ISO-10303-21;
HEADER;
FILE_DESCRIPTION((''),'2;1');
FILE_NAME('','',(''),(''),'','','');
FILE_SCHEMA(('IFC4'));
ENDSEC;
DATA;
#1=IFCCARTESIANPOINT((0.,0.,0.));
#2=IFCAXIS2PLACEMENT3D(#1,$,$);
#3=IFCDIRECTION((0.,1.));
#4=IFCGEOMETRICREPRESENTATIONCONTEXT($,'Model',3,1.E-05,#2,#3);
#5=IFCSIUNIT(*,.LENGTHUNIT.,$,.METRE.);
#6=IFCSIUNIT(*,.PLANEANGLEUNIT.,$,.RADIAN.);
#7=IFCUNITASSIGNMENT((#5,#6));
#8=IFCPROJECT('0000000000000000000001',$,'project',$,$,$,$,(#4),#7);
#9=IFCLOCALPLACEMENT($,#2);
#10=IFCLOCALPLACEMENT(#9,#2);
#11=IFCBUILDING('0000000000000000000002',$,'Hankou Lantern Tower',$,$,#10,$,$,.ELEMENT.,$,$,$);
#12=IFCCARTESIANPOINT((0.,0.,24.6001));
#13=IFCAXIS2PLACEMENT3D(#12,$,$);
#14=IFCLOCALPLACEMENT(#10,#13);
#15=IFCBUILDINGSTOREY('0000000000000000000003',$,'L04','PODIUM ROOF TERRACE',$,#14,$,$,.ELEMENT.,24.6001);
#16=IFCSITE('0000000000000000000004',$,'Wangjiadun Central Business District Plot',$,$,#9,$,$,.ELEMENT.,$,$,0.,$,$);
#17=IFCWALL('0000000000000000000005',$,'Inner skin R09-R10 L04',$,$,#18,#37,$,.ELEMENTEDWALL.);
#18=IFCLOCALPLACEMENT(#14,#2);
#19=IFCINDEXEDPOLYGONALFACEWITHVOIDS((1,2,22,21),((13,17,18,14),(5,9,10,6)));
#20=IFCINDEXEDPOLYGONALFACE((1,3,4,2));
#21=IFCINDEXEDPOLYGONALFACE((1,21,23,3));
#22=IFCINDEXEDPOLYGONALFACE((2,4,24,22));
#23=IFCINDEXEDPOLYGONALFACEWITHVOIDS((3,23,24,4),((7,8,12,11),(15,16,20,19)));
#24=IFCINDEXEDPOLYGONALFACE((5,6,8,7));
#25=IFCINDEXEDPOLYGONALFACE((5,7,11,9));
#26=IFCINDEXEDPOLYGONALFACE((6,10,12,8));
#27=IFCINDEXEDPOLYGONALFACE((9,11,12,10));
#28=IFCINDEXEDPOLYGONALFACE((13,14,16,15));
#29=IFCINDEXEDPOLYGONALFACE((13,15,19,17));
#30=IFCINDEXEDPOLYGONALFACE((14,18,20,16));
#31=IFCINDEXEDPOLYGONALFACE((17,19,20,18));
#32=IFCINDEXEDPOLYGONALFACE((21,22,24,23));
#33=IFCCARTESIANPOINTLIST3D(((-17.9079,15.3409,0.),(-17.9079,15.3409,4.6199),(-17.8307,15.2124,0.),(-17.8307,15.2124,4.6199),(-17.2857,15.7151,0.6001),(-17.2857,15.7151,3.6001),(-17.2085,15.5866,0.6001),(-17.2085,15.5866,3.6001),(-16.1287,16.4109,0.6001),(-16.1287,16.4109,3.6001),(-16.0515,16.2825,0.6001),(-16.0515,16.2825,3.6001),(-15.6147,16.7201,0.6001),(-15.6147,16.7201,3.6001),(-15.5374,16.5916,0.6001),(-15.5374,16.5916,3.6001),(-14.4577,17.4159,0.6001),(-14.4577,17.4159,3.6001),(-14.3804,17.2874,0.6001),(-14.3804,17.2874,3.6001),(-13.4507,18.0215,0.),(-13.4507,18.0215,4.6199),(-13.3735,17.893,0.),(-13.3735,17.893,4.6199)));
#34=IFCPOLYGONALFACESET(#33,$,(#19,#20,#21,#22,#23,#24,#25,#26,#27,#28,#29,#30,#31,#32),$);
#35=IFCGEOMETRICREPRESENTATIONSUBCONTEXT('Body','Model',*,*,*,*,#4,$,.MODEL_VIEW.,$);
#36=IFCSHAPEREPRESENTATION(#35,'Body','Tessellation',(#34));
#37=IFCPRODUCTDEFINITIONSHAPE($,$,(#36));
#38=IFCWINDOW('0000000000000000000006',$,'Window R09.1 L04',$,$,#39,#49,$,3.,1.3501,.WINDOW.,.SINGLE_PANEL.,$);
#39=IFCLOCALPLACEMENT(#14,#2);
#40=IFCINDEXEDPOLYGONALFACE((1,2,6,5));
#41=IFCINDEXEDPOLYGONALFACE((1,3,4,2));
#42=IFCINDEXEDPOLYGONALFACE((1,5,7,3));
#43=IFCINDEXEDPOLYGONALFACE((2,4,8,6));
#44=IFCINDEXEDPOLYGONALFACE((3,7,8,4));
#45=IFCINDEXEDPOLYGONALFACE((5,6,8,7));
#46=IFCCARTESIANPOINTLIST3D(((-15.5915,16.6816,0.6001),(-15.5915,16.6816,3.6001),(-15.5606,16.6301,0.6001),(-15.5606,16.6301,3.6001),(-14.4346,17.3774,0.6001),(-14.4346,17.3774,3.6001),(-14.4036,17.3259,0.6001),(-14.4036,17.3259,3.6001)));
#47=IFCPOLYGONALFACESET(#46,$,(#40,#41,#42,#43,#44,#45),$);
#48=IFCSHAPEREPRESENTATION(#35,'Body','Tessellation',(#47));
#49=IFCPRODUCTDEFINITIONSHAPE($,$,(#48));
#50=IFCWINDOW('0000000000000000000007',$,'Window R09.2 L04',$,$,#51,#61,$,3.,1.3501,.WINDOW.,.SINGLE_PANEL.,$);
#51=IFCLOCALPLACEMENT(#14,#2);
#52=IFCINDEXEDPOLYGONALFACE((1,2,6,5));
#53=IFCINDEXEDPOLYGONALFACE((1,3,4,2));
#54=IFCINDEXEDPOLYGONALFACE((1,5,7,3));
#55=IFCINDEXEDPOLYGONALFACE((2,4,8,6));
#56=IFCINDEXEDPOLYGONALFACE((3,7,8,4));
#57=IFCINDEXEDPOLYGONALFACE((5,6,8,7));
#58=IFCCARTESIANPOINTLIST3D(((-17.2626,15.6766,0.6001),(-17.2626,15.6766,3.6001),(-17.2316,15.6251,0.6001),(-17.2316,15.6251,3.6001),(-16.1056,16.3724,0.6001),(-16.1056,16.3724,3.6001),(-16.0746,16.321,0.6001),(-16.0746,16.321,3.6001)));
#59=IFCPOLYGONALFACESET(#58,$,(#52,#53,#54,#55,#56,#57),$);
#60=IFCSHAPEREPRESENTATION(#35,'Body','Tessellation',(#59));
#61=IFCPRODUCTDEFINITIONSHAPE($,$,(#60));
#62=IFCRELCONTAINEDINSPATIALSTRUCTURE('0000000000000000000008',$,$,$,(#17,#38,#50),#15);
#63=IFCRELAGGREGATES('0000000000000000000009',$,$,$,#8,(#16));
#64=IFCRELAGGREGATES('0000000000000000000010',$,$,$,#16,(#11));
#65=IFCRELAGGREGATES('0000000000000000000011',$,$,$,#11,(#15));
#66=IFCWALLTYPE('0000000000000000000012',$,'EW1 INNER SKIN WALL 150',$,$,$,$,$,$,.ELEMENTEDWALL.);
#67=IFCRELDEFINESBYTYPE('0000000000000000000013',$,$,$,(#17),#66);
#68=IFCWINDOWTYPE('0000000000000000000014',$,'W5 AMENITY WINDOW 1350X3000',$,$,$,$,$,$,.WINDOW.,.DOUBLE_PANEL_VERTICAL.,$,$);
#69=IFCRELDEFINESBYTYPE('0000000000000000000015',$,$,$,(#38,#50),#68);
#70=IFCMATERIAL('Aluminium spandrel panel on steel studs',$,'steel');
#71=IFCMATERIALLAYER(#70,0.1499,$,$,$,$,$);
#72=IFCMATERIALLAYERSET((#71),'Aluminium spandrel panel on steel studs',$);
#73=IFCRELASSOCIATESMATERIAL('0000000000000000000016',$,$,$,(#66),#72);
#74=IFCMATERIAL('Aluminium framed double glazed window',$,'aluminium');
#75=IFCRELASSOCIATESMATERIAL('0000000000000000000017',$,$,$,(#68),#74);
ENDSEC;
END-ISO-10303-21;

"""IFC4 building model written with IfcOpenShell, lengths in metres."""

from ifc_helpers import new_model, si_unit, direction, frame, frame_2d, origin, place, context, subcontext, project, spatial, rectangle, extrude, material, layer, layer_set, type_object, element, fill, save


model = new_model("IFC4")

# Units and contexts
model_context = context("Model", 3, precision=1e-05, world=origin(), true_north=direction((0.0, 1.0)))
body_context = subcontext(model_context, "Body", "Model", "MODEL_VIEW")
ifc_project = project(units=[si_unit("LENGTHUNIT", "METRE"), si_unit("PLANEANGLEUNIT", "RADIAN")], contexts=[model_context])

# Site, building, storey
site_placement = place(None, origin())
site = spatial("IfcSite", under=ifc_project, at=site_placement, Name="Wangjiadun Central Business District Plot", CompositionType="ELEMENT", RefElevation=0.0)
building_placement = place(site_placement, origin())
building = spatial("IfcBuilding", under=site, at=building_placement, Name="Hankou Lantern Tower", CompositionType="ELEMENT")
storey_placement = place(building_placement, frame((0.0, 0.0, 24.6001)))
storey = spatial("IfcBuildingStorey", under=building, at=storey_placement, Name="L04", Description="PODIUM ROOF TERRACE", CompositionType="ELEMENT", Elevation=24.6001)

# Shared definitions
ifc_material_1 = material(Name="Aluminium spandrel panel on steel studs", Category="steel")
ifc_layer = layer(ifc_material_1, 0.1499)
ifc_layer_set = layer_set([ifc_layer], Name="Aluminium spandrel panel on steel studs")
wall_type = type_object("IfcWallType", Name="EW1 INNER SKIN WALL 150", PredefinedType="ELEMENTEDWALL", material=ifc_layer_set)

# Wall, openings, windows
wall_1_placement = place(storey_placement, frame((-13.4121, 17.9573, 0.0), z_axis=(0.0, 0.0, 1.0), x_axis=(-0.856958, -0.515386, 0.0)))
wall_1 = element("IfcWall", 1, at=wall_1_placement, inside=storey, type_object=wall_type, Name="Inner skin R09-R10 L04", PredefinedType="ELEMENTEDWALL", context=body_context, shape_type="SweptSolid", body=[
    extrude(rectangle(XDim=5.2012, YDim=0.1499, at=frame_2d((2.6006, 0.0))), origin(), (0.0, 0.0, 1.0), 4.6199),
])
opening_1_placement = place(wall_1_placement, frame((1.175, 0.0, 0.6001)))
opening_1 = element("IfcOpeningElement", 2, at=opening_1_placement, cuts=wall_1, PredefinedType="OPENING", context=body_context, shape_type="SweptSolid", body=[
    extrude(rectangle(XDim=1.3501, YDim=3.0, at=frame_2d((0.675, 1.5))), frame((0.0, 0.085, 0.0), z_axis=(0.0, -1.0, 0.0), x_axis=(1.0, 0.0, 0.0)), (0.0, 0.0, 1.0), 0.1699),
])
opening_2_placement = place(wall_1_placement, frame((3.125, 0.0, 0.6001)))
opening_2 = element("IfcOpeningElement", 3, at=opening_2_placement, cuts=wall_1, PredefinedType="OPENING", context=body_context, shape_type="SweptSolid", body=[
    extrude(rectangle(XDim=1.3501, YDim=3.0, at=frame_2d((0.675, 1.5))), frame((0.0, 0.085, 0.0), z_axis=(0.0, -1.0, 0.0), x_axis=(1.0, 0.0, 0.0)), (0.0, 0.0, 1.0), 0.1699),
])
ifc_material_2 = material(Name="Aluminium framed double glazed window", Category="aluminium")
window_type = type_object("IfcWindowType", Name="W5 AMENITY WINDOW 1350X3000", PartitioningType="DOUBLE_PANEL_VERTICAL", PredefinedType="WINDOW", material=ifc_material_2)
window_1_placement = place(opening_1_placement, origin())
window_1 = element("IfcWindow", 4, at=window_1_placement, inside=storey, type_object=window_type, Name="Window R09.1 L04", OverallHeight=3.0, OverallWidth=1.3501, PartitioningType="SINGLE_PANEL", PredefinedType="WINDOW", context=body_context, shape_type="SweptSolid", body=[
    extrude(rectangle(XDim=1.3501, YDim=3.0, at=frame_2d((0.675, 1.5))), frame((0.0, 0.03, 0.0), z_axis=(0.0, -1.0, 0.0), x_axis=(1.0, 0.0, 0.0)), (0.0, 0.0, 1.0), 0.0601),
])
fill(opening_1, window_1)
window_2_placement = place(opening_2_placement, origin())
window_2 = element("IfcWindow", 5, at=window_2_placement, inside=storey, type_object=window_type, Name="Window R09.2 L04", OverallHeight=3.0, OverallWidth=1.3501, PartitioningType="SINGLE_PANEL", PredefinedType="WINDOW", context=body_context, shape_type="SweptSolid", body=[
    extrude(rectangle(XDim=1.3501, YDim=3.0, at=frame_2d((0.675, 1.5))), frame((0.0, 0.03, 0.0), z_axis=(0.0, -1.0, 0.0), x_axis=(1.0, 0.0, 0.0)), (0.0, 0.0, 1.0), 0.0601),
])
fill(opening_2, window_2)

save(model, "model.ifc")
